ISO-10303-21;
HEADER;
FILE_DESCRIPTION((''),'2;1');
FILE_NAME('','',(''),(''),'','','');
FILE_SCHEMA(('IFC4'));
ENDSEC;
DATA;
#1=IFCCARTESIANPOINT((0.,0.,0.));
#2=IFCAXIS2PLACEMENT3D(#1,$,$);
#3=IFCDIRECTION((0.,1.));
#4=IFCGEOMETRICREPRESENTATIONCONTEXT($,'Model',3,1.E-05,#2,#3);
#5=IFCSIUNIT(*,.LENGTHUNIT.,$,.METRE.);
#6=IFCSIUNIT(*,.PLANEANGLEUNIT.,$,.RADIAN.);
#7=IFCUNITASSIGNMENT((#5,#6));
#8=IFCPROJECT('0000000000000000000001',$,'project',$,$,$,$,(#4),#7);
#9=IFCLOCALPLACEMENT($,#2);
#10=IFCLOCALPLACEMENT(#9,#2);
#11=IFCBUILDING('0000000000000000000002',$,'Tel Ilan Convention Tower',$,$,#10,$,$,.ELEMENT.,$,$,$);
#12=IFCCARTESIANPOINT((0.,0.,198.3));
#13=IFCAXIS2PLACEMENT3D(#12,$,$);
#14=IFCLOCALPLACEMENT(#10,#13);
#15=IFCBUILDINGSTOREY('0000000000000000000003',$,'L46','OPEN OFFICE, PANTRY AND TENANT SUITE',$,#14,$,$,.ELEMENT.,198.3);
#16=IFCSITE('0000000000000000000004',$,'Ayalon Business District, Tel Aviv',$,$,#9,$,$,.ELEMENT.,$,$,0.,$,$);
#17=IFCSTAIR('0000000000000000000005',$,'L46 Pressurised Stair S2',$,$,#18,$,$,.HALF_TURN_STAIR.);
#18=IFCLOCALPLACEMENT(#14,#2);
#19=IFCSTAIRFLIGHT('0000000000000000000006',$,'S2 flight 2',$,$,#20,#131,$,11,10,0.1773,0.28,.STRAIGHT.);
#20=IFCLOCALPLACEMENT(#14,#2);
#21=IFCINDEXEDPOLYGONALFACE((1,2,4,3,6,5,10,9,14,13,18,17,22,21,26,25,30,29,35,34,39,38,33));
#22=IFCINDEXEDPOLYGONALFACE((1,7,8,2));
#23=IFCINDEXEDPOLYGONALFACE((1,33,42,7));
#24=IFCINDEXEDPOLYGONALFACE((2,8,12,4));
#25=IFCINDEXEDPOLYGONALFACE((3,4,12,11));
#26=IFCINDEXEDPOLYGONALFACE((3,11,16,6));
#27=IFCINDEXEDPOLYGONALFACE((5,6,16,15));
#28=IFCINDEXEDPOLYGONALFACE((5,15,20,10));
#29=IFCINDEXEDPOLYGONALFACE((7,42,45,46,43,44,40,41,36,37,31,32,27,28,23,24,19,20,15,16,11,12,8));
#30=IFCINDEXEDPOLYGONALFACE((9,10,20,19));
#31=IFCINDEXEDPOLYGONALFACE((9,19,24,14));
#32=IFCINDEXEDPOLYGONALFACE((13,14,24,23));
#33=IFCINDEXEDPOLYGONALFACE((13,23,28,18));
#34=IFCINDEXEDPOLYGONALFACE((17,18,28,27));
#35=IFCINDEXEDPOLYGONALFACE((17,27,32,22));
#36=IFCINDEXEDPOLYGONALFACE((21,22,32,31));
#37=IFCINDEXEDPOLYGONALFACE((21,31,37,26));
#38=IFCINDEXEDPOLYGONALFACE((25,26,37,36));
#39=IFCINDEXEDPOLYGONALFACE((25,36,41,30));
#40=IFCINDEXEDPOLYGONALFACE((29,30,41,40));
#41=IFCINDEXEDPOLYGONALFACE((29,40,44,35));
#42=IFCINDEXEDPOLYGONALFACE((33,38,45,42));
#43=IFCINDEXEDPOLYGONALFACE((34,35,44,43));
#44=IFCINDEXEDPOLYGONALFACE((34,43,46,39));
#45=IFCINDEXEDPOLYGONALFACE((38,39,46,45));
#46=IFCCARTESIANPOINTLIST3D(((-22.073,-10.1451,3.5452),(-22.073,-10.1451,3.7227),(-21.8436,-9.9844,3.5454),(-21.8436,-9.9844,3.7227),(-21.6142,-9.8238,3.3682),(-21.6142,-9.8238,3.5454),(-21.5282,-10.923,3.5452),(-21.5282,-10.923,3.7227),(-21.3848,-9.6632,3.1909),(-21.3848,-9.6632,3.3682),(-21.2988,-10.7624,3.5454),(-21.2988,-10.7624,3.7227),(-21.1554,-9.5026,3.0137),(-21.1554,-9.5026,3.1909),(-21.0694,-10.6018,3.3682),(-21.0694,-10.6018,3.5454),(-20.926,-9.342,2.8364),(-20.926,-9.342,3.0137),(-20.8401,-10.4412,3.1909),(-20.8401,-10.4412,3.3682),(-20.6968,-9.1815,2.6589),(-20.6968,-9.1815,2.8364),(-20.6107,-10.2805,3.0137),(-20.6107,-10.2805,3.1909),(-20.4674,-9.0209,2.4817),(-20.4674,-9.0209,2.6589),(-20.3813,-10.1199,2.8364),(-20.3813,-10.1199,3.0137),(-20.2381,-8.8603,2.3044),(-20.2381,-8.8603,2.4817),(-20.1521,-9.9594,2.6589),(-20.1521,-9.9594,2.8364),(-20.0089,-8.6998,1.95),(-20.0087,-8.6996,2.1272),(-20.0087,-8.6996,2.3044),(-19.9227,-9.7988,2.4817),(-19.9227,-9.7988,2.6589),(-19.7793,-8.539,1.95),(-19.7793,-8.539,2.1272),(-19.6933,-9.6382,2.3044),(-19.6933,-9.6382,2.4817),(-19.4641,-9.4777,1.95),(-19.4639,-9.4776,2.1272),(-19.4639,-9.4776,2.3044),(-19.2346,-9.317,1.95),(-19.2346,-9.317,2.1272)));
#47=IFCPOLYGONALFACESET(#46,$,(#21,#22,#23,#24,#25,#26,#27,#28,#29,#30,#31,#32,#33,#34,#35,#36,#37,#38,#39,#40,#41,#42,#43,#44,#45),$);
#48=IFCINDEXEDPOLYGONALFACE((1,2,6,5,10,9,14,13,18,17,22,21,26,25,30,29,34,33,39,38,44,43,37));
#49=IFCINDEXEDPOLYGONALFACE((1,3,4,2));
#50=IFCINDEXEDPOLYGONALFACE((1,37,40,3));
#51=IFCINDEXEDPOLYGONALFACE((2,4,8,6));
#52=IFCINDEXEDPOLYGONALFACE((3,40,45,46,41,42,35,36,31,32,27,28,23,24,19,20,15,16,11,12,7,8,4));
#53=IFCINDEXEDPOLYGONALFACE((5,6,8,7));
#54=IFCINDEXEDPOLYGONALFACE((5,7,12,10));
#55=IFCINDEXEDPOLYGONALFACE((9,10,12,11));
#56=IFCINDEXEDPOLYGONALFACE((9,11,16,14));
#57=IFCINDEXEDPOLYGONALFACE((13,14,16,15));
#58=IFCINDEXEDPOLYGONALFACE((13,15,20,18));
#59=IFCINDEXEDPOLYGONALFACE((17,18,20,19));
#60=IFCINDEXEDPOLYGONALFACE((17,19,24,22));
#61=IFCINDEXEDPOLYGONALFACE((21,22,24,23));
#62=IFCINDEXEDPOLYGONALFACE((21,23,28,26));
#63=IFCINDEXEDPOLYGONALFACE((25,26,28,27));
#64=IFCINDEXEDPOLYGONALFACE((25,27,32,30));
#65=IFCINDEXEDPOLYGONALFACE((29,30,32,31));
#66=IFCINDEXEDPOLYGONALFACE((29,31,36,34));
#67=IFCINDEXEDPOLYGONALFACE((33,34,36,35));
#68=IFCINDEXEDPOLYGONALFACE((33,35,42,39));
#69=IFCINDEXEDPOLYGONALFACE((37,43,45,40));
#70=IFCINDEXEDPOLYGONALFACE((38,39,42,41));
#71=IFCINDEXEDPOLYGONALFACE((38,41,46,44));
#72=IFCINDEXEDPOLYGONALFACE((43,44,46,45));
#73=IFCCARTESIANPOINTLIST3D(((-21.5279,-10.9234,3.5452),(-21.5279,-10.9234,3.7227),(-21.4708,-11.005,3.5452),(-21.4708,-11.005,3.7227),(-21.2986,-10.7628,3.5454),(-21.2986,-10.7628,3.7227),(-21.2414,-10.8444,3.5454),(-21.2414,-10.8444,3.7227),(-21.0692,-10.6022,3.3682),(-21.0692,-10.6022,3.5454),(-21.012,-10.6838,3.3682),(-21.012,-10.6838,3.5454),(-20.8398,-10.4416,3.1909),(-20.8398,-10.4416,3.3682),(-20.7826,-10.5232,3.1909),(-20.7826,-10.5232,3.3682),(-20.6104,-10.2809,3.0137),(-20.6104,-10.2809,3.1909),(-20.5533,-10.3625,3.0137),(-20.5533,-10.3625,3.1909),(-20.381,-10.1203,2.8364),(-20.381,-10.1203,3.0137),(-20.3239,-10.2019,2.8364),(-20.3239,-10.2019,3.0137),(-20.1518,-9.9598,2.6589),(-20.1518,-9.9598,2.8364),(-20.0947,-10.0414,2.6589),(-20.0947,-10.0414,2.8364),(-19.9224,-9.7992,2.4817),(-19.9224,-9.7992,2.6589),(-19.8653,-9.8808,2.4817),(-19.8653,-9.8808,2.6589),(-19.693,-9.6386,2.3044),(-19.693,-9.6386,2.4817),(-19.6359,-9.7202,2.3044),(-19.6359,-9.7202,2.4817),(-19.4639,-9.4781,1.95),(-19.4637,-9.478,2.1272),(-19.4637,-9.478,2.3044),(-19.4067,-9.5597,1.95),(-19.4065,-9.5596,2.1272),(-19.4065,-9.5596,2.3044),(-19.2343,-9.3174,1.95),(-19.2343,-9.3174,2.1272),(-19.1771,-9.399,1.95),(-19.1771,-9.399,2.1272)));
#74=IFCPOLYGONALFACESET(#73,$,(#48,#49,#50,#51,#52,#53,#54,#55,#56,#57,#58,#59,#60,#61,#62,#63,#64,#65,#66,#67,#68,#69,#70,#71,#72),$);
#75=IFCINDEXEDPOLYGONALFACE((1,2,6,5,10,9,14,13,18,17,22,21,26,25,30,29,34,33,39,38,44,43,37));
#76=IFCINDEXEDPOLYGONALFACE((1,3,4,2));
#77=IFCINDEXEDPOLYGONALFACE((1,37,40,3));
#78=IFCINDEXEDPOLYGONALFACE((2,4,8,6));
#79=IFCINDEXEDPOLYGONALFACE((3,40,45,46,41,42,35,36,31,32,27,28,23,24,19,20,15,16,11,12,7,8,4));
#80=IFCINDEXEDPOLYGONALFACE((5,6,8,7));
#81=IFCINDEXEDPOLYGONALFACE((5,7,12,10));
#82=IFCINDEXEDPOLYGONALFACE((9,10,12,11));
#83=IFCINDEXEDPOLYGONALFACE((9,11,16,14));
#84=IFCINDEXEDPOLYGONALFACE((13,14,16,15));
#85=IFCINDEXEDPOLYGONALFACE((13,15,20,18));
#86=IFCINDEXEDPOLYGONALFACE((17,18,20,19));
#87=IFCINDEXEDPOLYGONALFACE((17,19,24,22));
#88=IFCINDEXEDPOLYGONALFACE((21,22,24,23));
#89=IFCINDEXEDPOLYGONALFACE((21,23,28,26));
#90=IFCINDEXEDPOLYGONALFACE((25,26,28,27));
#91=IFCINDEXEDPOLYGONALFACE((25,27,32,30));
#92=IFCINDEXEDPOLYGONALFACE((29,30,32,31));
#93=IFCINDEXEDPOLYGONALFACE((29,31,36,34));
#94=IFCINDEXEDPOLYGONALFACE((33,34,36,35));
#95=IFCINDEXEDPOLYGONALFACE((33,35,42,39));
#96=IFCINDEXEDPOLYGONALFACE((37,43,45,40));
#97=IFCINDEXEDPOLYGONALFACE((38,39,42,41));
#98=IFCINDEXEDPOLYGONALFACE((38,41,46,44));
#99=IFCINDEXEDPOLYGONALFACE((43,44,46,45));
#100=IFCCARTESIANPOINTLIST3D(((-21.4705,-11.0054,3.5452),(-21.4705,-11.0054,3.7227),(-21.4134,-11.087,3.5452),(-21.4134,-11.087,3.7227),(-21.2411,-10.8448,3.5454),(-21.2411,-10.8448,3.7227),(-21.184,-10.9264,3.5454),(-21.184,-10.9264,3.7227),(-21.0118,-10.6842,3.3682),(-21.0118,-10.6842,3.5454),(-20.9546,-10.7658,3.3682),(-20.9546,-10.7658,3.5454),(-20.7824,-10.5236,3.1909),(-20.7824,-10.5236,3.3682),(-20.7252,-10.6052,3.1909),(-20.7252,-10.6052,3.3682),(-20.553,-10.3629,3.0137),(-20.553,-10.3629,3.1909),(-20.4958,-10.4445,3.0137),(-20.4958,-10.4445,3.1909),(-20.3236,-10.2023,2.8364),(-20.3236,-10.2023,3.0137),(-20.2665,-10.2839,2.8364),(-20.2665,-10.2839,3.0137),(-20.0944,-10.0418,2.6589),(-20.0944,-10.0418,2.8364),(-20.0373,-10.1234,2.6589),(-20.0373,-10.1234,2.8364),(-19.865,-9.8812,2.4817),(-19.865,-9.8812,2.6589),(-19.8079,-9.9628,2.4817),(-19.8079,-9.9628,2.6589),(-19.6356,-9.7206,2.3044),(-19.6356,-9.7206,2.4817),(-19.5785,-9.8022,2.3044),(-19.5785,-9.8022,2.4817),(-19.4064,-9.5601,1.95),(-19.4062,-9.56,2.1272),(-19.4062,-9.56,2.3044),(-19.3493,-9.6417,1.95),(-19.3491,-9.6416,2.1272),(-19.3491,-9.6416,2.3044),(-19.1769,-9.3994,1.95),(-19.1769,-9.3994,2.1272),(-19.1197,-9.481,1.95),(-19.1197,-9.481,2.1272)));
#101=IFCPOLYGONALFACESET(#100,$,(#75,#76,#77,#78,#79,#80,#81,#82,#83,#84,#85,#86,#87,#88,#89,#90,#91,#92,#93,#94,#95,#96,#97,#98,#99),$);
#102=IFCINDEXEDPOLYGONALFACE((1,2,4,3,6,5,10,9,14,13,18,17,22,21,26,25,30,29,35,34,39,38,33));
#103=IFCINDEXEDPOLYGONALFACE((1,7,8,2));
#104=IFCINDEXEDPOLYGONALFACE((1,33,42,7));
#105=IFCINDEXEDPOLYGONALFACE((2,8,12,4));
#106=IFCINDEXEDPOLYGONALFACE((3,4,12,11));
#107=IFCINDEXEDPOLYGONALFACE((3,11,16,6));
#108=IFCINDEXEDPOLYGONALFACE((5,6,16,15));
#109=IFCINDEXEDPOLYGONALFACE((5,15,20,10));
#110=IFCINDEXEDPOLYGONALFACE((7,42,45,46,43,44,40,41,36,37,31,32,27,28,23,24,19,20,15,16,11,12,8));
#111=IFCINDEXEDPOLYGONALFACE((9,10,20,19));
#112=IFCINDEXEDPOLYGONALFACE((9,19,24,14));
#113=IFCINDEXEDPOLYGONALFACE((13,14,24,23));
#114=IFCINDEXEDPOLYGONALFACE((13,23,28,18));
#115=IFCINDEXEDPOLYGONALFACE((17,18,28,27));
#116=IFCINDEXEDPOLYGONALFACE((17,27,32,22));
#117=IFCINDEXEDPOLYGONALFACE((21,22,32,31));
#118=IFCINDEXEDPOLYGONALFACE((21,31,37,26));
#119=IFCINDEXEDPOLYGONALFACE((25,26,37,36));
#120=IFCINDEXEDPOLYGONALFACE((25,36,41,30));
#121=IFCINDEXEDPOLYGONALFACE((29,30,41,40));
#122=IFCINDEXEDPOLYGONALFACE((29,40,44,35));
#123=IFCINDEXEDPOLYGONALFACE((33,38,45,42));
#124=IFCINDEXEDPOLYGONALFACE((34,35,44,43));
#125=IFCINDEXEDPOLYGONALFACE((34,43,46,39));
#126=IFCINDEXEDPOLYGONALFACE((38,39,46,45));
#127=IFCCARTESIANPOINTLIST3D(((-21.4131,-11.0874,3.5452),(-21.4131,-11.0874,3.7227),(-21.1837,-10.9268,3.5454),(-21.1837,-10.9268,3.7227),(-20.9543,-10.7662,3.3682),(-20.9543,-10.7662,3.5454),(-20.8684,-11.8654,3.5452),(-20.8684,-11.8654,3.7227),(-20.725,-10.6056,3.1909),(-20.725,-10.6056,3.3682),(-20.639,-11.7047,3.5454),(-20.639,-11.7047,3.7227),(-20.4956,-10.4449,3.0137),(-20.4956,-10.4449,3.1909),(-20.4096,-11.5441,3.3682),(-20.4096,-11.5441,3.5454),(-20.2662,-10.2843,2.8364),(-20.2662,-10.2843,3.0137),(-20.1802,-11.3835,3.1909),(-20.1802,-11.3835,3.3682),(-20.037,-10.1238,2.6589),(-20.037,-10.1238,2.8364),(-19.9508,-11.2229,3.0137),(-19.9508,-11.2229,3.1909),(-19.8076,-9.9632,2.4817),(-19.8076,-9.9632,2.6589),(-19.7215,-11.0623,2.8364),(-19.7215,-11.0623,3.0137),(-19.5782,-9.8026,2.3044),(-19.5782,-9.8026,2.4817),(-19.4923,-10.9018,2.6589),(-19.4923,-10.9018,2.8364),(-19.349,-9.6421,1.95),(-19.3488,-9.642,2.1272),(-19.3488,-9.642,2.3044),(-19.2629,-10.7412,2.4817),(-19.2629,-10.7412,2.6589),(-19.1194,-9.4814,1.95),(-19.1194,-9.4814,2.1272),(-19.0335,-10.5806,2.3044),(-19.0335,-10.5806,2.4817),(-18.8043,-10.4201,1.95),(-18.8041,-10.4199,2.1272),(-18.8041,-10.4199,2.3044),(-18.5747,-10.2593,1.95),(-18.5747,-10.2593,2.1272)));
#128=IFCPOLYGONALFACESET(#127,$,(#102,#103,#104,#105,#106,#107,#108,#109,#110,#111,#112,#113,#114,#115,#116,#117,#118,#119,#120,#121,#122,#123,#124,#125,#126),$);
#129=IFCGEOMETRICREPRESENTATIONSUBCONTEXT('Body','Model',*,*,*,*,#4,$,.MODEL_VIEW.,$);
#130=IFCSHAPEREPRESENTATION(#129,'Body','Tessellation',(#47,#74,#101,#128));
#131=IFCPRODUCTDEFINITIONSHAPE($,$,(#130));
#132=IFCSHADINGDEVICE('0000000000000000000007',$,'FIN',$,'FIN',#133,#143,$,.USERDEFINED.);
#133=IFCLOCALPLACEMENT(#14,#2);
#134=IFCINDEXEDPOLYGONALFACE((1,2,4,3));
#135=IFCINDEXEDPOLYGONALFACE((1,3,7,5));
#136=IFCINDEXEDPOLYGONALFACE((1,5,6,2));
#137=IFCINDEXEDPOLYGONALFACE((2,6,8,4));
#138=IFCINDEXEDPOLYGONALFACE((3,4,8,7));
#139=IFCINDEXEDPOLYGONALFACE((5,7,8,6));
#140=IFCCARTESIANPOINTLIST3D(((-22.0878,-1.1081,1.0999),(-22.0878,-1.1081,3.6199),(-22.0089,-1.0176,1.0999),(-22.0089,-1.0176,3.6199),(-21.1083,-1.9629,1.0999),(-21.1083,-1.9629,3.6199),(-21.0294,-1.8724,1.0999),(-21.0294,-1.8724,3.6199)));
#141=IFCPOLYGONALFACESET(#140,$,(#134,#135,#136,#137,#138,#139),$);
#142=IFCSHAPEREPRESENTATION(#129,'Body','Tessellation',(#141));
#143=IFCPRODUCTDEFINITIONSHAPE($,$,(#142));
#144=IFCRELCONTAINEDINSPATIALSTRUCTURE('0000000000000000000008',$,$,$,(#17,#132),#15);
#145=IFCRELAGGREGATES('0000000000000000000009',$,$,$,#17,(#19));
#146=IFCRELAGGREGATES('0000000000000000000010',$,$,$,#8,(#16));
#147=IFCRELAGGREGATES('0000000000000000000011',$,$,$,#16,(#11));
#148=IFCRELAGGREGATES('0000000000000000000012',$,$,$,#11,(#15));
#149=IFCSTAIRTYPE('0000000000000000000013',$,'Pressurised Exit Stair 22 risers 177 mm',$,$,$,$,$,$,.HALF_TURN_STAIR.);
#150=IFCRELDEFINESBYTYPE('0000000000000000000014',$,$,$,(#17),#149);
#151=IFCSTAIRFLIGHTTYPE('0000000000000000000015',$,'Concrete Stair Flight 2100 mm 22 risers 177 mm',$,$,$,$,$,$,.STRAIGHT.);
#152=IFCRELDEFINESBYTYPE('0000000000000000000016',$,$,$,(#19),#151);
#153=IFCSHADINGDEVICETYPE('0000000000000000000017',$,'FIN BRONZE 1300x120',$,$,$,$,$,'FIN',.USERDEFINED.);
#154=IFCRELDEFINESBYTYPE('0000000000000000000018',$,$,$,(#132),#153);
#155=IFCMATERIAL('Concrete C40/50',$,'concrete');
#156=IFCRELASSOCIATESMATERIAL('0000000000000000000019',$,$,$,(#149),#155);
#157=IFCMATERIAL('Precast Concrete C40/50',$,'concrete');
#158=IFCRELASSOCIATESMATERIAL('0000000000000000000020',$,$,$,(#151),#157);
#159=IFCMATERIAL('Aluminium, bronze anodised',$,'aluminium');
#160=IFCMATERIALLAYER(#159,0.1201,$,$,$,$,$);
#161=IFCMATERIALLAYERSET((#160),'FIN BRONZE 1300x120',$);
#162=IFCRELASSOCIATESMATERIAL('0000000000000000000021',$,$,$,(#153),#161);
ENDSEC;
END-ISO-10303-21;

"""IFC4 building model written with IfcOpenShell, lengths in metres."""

from ifc_helpers import new_model, si_unit, direction, frame, origin, origin_2d, place, context, subcontext, project, spatial, polyline, rectangle, outline, extrude, material, layer, layer_set, type_object, element, aggregate, save


model = new_model("IFC4")

# Units and contexts
model_context = context("Model", 3, precision=1e-05, world=origin(), true_north=direction((0.0, 1.0)))
body_context = subcontext(model_context, "Body", "Model", "MODEL_VIEW")
ifc_project = project(units=[si_unit("LENGTHUNIT", "METRE"), si_unit("PLANEANGLEUNIT", "RADIAN")], contexts=[model_context])

# Site, building, storey
site_placement = place(None, origin())
site = spatial("IfcSite", under=ifc_project, at=site_placement, Name="Ayalon Business District, Tel Aviv", CompositionType="ELEMENT", RefElevation=0.0)
building_placement = place(site_placement, origin())
building = spatial("IfcBuilding", under=site, at=building_placement, Name="Tel Ilan Convention Tower", CompositionType="ELEMENT")
storey_placement = place(building_placement, frame((0.0, 0.0, 198.3)))
storey = spatial("IfcBuildingStorey", under=building, at=storey_placement, Name="L46", Description="OPEN OFFICE, PANTRY AND TENANT SUITE", CompositionType="ELEMENT", Elevation=198.3)

# Stair, stair flight
ifc_material_1 = material(Name="Concrete C40/50", Category="concrete")
stair_type = type_object("IfcStairType", Name="Pressurised Exit Stair 22 risers 177 mm", PredefinedType="HALF_TURN_STAIR", material=ifc_material_1)
ifc_material_2 = material(Name="Precast Concrete C40/50", Category="concrete")
stair_flight_type = type_object("IfcStairFlightType", Name="Concrete Stair Flight 2100 mm 22 risers 177 mm", PredefinedType="STRAIGHT", material=ifc_material_2)
stair_1_placement = place(storey_placement, origin())
stair_1 = element("IfcStair", 1, at=stair_1_placement, inside=storey, type_object=stair_type, Name="L46 Pressurised Stair S2", PredefinedType="HALF_TURN_STAIR")
stair_flight_1_placement = place(storey_placement, frame((-19.177, -9.3992, 1.95), z_axis=(0.0, 0.0, 1.0), x_axis=(-0.819152, -0.573576, 0.0)))
stair_flight_1 = element("IfcStairFlight", 2, at=stair_flight_1_placement, type_object=stair_flight_type, Name="S2 flight 2", NumberOfRisers=11, NumberOfTreads=10, PredefinedType="STRAIGHT", RiserHeight=0.1773, TreadLength=0.28, context=body_context, shape_type="SweptSolid", body=[
    extrude(outline(polyline([(0.0, 0.0), (0.0, 0.1772), (0.28, 0.1772), (0.28, 0.3545), (0.5601, 0.3545), (0.5601, 0.5317), (0.8401, 0.5317), (0.8401, 0.709), (1.1201, 0.709), (1.1201, 0.8865), (1.3999, 0.8865), (1.3999, 1.0637), (1.6799, 1.0637), (1.6799, 1.241), (1.96, 1.241), (1.96, 1.4182), (2.24, 1.4182), (2.24, 1.5955), (2.52, 1.5955), (2.52, 1.7727), (2.8, 1.7727), (2.8, 1.95), (2.8, 1.5952), (0.2803, 0.0), (0.0, 0.0)])), frame((0.0, -0.1003, 0.0), z_axis=(0.0, -1.0, 0.0), x_axis=(1.0, 0.0, 0.0)), (0.0, 0.0, 1.0), 0.9497),
    extrude(outline(polyline([(0.0, 0.0), (0.0, 0.1772), (0.28, 0.1772), (0.28, 0.3545), (0.5601, 0.3545), (0.5601, 0.5317), (0.8401, 0.5317), (0.8401, 0.709), (1.1201, 0.709), (1.1201, 0.8865), (1.3999, 0.8865), (1.3999, 1.0637), (1.6799, 1.0637), (1.6799, 1.241), (1.96, 1.241), (1.96, 1.4182), (2.24, 1.4182), (2.24, 1.5955), (2.52, 1.5955), (2.52, 1.7727), (2.8, 1.7727), (2.8, 1.95), (2.8, 1.5952), (0.2803, 0.0), (0.0, 0.0)])), frame((0.0, -0.0002, 0.0), z_axis=(0.0, -1.0, 0.0), x_axis=(1.0, 0.0, 0.0)), (0.0, 0.0, 1.0), 0.0996),
    extrude(outline(polyline([(0.0, 0.0), (0.0, 0.1772), (0.28, 0.1772), (0.28, 0.3545), (0.5601, 0.3545), (0.5601, 0.5317), (0.8401, 0.5317), (0.8401, 0.709), (1.1201, 0.709), (1.1201, 0.8865), (1.3999, 0.8865), (1.3999, 1.0637), (1.6799, 1.0637), (1.6799, 1.241), (1.96, 1.241), (1.96, 1.4182), (2.24, 1.4182), (2.24, 1.5955), (2.52, 1.5955), (2.52, 1.7727), (2.8, 1.7727), (2.8, 1.95), (2.8, 1.5952), (0.2803, 0.0), (0.0, 0.0)])), frame((0.0, 0.0999, 0.0), z_axis=(0.0, -1.0, 0.0), x_axis=(1.0, 0.0, 0.0)), (0.0, 0.0, 1.0), 0.0996),
    extrude(outline(polyline([(0.0, 0.0), (0.0, 0.1772), (0.28, 0.1772), (0.28, 0.3545), (0.5601, 0.3545), (0.5601, 0.5317), (0.8401, 0.5317), (0.8401, 0.709), (1.1201, 0.709), (1.1201, 0.8865), (1.3999, 0.8865), (1.3999, 1.0637), (1.6799, 1.0637), (1.6799, 1.241), (1.96, 1.241), (1.96, 1.4182), (2.24, 1.4182), (2.24, 1.5955), (2.52, 1.5955), (2.52, 1.7727), (2.8, 1.7727), (2.8, 1.95), (2.8, 1.5952), (0.2803, 0.0), (0.0, 0.0)])), frame((0.0, 1.05, 0.0), z_axis=(0.0, -1.0, 0.0), x_axis=(1.0, 0.0, 0.0)), (0.0, 0.0, 1.0), 0.9497),
])
aggregate(stair_1, [stair_flight_1])

# Shading device
ifc_material_3 = material(Name="Aluminium, bronze anodised", Category="aluminium")
ifc_layer_1 = layer(ifc_material_3, 0.1201)
ifc_layer_set_1 = layer_set([ifc_layer_1], Name="FIN BRONZE 1300x120")
shading_device_type = type_object("IfcShadingDeviceType", Name="FIN BRONZE 1300x120", ElementType="FIN", PredefinedType="USERDEFINED", material=ifc_layer_set_1)
shading_device_placement = place(storey_placement, frame((-21.5586, -1.4902, 1.0999), z_axis=(0.0, 0.0, 1.0), x_axis=(-0.753436, 0.657521, 0.0)))
element("IfcShadingDevice", 3, at=shading_device_placement, inside=storey, type_object=shading_device_type, Name="FIN", ObjectType="FIN", PredefinedType="USERDEFINED", context=body_context, shape_type="SweptSolid", body=[
    extrude(rectangle(XDim=1.3, YDim=0.1201, at=origin_2d()), origin(), (0.0, 0.0, 1.0), 2.52),
])

save(model, "model.ifc")
